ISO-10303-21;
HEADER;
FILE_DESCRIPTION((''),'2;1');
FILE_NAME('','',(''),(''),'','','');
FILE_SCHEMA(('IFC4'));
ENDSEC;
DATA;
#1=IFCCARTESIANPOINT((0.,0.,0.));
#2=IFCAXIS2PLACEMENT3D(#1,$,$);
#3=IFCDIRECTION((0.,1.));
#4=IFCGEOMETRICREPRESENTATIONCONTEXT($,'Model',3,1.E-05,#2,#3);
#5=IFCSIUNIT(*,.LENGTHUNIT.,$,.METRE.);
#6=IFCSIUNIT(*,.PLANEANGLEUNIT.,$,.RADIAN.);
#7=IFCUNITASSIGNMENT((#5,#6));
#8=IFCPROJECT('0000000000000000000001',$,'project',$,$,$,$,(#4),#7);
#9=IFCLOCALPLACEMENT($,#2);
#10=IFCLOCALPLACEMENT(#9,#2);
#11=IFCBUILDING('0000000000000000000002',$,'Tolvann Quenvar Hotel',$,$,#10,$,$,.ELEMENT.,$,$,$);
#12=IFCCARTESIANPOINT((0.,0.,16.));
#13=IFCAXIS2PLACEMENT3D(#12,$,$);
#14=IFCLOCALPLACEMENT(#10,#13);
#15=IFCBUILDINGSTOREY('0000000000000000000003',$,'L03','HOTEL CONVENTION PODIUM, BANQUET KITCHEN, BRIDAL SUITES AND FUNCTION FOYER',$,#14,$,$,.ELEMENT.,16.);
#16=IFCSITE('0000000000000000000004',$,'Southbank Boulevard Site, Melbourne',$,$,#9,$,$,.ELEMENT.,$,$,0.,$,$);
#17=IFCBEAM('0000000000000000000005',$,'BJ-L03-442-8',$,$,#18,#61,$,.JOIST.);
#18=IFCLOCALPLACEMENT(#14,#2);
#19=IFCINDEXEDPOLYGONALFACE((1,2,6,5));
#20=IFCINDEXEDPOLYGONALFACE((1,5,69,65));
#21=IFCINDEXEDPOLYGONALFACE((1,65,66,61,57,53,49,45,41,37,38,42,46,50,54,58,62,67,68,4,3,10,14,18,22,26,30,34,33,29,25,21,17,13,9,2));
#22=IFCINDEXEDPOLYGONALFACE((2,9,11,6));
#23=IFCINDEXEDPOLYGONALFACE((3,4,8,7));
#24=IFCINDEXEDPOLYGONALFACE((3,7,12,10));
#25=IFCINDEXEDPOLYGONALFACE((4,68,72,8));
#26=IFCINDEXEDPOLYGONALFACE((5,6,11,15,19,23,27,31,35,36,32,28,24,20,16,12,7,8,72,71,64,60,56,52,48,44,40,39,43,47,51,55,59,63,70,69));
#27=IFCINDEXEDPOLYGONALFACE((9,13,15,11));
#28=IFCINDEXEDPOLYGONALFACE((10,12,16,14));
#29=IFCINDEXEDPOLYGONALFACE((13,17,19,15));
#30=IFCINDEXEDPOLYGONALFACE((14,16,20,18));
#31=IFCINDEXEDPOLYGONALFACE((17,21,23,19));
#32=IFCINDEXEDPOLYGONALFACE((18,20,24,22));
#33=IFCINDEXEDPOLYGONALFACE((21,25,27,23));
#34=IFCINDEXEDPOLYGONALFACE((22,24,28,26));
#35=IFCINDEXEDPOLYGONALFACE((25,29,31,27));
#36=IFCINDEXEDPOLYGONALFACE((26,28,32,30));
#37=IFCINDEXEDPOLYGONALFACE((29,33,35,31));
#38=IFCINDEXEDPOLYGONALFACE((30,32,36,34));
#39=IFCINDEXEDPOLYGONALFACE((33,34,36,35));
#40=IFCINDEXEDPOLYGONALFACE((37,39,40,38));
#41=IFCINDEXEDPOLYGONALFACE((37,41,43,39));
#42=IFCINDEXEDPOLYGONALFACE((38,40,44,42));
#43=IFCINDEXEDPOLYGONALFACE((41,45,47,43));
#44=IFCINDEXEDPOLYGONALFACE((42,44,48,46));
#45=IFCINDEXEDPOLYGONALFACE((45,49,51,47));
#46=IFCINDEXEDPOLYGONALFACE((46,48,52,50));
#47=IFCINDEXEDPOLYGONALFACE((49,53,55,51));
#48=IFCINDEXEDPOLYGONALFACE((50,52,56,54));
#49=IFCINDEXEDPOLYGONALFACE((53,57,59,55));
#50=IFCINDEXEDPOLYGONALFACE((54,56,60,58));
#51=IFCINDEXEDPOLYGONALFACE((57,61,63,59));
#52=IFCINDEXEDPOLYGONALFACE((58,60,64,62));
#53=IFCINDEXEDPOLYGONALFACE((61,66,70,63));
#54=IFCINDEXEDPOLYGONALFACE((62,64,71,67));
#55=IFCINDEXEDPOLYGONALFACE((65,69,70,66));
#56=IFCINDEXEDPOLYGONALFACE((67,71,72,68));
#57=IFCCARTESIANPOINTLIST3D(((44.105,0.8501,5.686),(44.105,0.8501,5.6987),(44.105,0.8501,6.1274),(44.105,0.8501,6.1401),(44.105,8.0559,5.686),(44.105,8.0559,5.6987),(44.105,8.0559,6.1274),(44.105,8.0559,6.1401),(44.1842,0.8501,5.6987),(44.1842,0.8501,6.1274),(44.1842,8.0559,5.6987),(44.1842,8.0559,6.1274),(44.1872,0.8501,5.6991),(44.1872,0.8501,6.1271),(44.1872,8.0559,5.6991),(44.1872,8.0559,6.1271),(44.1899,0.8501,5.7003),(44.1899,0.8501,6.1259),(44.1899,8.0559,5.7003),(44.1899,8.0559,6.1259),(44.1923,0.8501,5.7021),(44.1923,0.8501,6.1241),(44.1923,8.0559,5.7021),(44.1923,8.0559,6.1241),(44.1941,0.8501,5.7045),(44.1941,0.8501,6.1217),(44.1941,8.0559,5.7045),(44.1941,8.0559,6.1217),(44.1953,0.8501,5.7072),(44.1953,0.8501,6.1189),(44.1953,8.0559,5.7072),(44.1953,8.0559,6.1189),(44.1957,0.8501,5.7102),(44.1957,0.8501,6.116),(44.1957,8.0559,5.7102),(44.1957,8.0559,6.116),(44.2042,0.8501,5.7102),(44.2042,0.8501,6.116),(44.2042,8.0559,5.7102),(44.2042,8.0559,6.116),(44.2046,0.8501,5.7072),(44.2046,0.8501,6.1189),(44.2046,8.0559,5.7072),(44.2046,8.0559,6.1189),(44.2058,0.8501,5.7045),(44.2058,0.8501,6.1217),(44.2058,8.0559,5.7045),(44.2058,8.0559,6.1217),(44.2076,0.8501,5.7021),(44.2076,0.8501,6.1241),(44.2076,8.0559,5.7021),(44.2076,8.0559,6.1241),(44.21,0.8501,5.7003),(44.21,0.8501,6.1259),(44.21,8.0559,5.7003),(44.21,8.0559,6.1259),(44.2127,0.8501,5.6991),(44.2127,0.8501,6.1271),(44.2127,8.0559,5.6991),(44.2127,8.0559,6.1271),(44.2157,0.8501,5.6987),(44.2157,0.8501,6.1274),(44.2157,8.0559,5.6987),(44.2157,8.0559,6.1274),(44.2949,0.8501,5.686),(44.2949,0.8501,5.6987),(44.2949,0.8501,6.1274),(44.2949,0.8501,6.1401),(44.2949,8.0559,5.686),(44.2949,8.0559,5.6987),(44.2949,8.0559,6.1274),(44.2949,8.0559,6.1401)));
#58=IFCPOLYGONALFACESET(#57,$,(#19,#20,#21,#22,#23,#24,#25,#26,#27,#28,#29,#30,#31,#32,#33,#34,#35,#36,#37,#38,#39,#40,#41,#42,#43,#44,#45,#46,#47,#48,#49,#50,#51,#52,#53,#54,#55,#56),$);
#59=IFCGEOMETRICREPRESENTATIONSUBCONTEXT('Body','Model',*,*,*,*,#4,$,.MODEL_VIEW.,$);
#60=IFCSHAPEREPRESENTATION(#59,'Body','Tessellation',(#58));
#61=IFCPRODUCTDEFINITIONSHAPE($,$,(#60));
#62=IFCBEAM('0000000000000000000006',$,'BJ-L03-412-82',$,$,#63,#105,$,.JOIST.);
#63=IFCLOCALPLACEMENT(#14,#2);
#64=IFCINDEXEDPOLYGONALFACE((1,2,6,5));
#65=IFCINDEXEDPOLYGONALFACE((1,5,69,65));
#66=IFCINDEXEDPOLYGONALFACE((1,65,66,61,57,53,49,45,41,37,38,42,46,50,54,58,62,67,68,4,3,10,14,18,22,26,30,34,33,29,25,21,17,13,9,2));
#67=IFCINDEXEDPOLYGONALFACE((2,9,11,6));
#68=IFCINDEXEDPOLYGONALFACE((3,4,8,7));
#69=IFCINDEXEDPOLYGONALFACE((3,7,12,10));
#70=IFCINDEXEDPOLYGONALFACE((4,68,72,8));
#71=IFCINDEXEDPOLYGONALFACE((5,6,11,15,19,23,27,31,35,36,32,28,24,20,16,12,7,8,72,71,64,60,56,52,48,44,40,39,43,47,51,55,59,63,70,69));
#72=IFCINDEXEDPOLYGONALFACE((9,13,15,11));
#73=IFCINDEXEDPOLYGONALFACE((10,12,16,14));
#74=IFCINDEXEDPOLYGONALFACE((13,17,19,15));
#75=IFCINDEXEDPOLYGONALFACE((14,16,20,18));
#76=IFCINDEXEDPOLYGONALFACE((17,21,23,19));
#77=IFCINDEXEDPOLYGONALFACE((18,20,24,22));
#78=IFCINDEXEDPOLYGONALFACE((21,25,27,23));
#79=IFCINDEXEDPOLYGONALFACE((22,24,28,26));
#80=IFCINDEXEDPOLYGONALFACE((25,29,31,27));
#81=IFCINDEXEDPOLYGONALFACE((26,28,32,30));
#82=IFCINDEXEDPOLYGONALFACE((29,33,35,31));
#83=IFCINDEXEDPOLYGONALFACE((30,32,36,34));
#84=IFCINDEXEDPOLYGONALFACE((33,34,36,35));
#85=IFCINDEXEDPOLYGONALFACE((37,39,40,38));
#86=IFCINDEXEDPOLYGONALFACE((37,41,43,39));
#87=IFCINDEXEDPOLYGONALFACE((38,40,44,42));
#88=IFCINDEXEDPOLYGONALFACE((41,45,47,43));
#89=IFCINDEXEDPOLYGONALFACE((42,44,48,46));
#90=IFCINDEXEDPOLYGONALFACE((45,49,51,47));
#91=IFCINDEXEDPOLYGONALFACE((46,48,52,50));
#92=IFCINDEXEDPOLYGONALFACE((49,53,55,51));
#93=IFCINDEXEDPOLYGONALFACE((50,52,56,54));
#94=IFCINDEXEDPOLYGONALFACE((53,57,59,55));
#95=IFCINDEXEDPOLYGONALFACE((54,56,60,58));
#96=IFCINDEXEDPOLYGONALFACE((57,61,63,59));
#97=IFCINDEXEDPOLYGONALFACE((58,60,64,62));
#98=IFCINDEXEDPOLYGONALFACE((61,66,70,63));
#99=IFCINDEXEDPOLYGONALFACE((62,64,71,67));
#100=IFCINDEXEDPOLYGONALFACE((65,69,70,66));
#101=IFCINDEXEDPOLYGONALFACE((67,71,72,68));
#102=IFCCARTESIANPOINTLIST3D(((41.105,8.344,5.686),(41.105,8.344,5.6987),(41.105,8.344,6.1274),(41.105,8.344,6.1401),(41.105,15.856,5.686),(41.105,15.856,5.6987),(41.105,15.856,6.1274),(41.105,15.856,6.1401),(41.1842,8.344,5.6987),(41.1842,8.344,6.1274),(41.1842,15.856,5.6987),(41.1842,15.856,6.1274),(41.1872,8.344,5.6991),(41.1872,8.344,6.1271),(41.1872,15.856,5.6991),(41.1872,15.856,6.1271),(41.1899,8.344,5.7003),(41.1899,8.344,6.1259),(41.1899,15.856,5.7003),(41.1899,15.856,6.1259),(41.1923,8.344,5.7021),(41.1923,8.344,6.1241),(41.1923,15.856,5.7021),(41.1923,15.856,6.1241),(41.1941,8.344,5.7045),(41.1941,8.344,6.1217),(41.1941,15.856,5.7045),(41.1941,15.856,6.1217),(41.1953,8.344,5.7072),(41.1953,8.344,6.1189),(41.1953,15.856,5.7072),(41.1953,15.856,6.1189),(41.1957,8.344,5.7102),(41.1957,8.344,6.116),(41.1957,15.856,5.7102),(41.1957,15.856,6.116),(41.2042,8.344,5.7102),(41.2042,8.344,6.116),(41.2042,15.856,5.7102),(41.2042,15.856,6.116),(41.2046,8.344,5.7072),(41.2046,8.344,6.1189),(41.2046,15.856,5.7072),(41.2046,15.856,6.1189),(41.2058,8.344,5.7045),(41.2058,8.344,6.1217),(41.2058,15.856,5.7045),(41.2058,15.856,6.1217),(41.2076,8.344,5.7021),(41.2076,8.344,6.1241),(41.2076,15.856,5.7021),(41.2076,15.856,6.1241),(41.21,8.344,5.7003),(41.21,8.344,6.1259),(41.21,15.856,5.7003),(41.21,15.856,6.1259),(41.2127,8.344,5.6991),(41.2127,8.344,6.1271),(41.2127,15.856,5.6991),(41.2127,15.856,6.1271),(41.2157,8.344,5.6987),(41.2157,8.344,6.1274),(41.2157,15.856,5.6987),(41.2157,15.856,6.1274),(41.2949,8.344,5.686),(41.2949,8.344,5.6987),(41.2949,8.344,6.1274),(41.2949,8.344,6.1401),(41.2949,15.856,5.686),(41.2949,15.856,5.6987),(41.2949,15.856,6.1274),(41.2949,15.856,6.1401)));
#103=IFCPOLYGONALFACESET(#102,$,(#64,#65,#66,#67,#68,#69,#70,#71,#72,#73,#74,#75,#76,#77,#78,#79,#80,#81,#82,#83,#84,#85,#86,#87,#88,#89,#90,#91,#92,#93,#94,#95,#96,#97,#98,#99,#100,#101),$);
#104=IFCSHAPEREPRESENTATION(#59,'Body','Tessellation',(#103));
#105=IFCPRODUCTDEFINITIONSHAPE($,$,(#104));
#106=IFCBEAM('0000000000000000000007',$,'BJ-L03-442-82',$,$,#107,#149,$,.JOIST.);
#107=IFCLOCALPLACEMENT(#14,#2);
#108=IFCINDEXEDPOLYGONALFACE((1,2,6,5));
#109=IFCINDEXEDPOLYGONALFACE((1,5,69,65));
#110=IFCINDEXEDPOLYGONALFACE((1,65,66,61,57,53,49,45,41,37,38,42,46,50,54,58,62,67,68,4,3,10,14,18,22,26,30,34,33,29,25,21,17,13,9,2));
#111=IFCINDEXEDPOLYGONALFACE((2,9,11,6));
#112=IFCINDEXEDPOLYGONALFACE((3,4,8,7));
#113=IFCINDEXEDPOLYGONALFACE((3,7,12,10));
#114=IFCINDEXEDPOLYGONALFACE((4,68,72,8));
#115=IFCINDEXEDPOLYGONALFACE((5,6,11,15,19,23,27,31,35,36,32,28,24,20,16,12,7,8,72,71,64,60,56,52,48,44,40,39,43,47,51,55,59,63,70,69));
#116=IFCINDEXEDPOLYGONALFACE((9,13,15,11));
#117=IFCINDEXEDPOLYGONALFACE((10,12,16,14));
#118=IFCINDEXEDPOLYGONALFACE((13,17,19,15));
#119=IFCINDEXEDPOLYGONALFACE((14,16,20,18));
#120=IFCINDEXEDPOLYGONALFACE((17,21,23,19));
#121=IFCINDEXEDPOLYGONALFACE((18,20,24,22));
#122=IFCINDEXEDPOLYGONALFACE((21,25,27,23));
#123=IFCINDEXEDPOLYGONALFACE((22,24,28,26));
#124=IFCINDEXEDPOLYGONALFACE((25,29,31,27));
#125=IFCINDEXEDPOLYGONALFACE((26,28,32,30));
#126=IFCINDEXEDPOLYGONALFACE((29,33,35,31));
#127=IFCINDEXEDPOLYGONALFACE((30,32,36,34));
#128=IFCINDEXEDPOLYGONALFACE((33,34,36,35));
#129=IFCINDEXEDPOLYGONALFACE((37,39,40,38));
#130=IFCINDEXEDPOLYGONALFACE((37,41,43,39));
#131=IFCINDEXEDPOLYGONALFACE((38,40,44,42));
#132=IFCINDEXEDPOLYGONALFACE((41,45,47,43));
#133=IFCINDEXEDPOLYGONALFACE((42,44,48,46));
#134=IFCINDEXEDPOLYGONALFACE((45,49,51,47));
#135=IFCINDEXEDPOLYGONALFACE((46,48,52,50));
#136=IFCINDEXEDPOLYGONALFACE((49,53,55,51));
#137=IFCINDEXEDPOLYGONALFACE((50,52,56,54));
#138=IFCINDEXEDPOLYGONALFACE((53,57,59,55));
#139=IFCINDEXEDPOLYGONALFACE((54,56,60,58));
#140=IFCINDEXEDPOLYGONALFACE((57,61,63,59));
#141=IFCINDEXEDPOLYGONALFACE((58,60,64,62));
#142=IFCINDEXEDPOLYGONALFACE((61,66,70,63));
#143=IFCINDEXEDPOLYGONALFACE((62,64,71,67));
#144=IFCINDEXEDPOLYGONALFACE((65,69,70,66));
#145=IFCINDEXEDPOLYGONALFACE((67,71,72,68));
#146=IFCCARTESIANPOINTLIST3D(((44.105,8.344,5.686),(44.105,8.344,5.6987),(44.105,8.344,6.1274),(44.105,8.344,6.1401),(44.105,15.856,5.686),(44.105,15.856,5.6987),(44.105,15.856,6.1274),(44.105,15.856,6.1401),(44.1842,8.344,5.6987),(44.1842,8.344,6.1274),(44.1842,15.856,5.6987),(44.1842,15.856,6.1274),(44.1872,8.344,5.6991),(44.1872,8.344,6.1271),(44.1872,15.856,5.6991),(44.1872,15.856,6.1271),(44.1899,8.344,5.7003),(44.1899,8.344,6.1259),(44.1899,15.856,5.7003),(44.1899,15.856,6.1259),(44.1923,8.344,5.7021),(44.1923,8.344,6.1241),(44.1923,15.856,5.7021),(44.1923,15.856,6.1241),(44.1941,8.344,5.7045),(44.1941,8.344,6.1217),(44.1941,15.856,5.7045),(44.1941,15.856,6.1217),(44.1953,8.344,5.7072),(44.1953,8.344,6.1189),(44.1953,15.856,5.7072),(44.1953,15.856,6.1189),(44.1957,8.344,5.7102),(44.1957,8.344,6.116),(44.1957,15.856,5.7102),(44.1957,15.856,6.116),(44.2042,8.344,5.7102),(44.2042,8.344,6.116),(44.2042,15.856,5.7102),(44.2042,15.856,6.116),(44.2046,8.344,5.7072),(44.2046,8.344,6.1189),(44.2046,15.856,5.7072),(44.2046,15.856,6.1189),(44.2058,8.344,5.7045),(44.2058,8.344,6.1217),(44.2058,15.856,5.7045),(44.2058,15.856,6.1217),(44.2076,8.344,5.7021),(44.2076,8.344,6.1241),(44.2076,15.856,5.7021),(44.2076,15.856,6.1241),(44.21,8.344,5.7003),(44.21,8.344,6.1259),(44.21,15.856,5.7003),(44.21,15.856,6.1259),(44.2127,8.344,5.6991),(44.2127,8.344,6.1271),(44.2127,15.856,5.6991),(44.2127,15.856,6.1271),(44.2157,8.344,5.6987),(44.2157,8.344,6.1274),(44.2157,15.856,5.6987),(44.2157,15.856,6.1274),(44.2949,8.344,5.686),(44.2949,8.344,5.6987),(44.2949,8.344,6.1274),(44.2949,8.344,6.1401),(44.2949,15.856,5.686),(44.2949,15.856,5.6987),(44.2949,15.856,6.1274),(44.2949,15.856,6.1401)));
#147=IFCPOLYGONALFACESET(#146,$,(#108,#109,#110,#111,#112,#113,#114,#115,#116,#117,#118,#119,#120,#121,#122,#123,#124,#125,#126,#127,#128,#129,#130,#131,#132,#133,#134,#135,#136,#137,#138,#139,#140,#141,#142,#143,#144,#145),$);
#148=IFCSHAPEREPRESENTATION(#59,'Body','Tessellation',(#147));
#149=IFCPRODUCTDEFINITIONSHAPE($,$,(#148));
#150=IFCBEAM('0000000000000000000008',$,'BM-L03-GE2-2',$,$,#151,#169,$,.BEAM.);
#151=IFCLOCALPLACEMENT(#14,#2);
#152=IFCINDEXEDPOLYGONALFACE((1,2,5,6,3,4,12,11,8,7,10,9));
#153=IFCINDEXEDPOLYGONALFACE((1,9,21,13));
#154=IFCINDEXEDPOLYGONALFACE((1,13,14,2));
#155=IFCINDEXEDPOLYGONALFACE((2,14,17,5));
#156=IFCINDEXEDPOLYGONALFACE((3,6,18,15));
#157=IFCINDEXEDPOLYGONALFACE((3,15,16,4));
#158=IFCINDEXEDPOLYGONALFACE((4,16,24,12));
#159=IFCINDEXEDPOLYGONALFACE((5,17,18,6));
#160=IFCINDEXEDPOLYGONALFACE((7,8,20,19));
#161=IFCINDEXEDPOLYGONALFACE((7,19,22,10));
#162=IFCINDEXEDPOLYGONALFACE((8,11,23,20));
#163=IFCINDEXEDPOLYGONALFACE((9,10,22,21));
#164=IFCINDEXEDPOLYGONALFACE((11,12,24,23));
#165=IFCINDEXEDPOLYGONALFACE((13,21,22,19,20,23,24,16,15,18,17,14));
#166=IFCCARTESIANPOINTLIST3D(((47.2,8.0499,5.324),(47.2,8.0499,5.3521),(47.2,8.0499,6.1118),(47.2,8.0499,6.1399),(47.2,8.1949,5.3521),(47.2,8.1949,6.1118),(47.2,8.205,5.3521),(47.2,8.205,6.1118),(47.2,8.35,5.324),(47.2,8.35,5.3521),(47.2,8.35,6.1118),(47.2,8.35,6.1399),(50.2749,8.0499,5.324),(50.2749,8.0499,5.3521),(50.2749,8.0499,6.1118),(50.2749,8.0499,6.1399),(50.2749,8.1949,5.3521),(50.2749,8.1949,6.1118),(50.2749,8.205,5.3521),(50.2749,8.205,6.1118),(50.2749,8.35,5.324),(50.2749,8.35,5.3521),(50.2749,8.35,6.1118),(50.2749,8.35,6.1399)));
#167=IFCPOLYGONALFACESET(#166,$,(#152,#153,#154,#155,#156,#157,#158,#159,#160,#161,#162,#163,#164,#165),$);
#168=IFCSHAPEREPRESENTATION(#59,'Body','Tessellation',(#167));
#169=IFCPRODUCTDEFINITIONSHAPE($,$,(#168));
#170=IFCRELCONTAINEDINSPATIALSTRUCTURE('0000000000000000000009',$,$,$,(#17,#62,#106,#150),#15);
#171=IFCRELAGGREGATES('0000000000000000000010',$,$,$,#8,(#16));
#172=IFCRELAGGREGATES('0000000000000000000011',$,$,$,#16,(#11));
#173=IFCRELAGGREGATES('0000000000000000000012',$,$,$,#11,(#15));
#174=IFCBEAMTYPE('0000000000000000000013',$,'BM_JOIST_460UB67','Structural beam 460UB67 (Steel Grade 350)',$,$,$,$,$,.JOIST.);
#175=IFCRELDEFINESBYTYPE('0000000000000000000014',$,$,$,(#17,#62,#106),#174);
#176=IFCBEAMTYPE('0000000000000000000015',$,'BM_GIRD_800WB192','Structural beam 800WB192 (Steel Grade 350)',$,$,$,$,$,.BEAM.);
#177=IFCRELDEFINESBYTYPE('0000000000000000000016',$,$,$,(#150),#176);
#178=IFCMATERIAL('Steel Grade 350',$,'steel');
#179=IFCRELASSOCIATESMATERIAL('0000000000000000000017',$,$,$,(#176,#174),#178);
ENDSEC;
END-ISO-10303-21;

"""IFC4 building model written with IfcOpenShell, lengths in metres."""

from ifc_helpers import new_model, si_unit, direction, frame, origin, origin_2d, place, context, subcontext, project, spatial, i_section, extrude, source, transform, mapped, material, material_profile, profile_set, type_object, type_shapes, element, save


model = new_model("IFC4")

# Units and contexts
model_context = context("Model", 3, precision=1e-05, world=origin(), true_north=direction((0.0, 1.0)))
body_context = subcontext(model_context, "Body", "Model", "MODEL_VIEW")
ifc_project = project(units=[si_unit("LENGTHUNIT", "METRE"), si_unit("PLANEANGLEUNIT", "RADIAN")], contexts=[model_context])

# Site, building, storey
site_placement = place(None, origin())
site = spatial("IfcSite", under=ifc_project, at=site_placement, Name="Southbank Boulevard Site, Melbourne", CompositionType="ELEMENT", RefElevation=0.0)
building_placement = place(site_placement, origin())
building = spatial("IfcBuilding", under=site, at=building_placement, Name="Tolvann Quenvar Hotel", CompositionType="ELEMENT")
storey_placement = place(building_placement, frame((0.0, 0.0, 16.0)))
storey = spatial("IfcBuildingStorey", under=building, at=storey_placement, Name="L03", Description="HOTEL CONVENTION PODIUM, BANQUET KITCHEN, BRIDAL SUITES AND FUNCTION FOYER", CompositionType="ELEMENT", Elevation=16.0)

# Beams
ifc_material_1 = material(Name="Steel Grade 350", Category="steel")
ifc_material_profile_1 = material_profile(ifc_material_1, i_section(OverallWidth=0.3, OverallDepth=0.8159, WebThickness=0.01, FlangeThickness=0.0281, at=origin_2d()), Name="800WB192")
ifc_profile_set_1 = profile_set([ifc_material_profile_1], Name="Steel Grade 350")
beam_type_1 = type_object("IfcBeamType", Name="BM_GIRD_800WB192", Description="Structural beam 800WB192 (Steel Grade 350)", PredefinedType="BEAM", material=ifc_profile_set_1)
ifc_material_profile_2 = material_profile(ifc_material_1, i_section(OverallWidth=0.1899, OverallDepth=0.4541, WebThickness=0.0085, FlangeThickness=0.0127, FilletRadius=0.0115, at=origin_2d()), Name="460UB67")
ifc_profile_set_2 = profile_set([ifc_material_profile_2], Name="Steel Grade 350")
beam_type_2 = type_object("IfcBeamType", Name="BM_JOIST_460UB67", Description="Structural beam 460UB67 (Steel Grade 350)", PredefinedType="JOIST", material=ifc_profile_set_2)
shared_shape_1 = source(origin(), body_context, "Body", "SweptSolid", [
    extrude(i_section(OverallWidth=0.1899, OverallDepth=0.4541, WebThickness=0.0085, FlangeThickness=0.0127, FilletRadius=0.0115, at=origin_2d()), origin(), (0.0, 0.0, 1.0), 7.2058),
])
for number, where, z_axis, x_axis, name in (
    (1, (44.2, 0.8501, 5.9131), (0.0, 1.0, 0.0), (-1.0, 0.0, 0.0), "BJ-L03-442-8"),
):
    element("IfcBeam", number, at=place(storey_placement, frame(where, z_axis=z_axis, x_axis=x_axis)), inside=storey, type_object=beam_type_2, Name=name, PredefinedType="JOIST", context=body_context, shape_type="MappedRepresentation", body=[
        mapped(shared_shape_1, transform((0.0, 0.0, 0.0), x_axis=(1.0, 0.0, 0.0), y_axis=(0.0, 1.0, 0.0), z_axis=(0.0, 0.0, 1.0), scale=1.0)),
    ])
shared_shape_2 = source(origin(), body_context, "Body", "SweptSolid", [
    extrude(i_section(OverallWidth=0.1899, OverallDepth=0.4541, WebThickness=0.0085, FlangeThickness=0.0127, FilletRadius=0.0115, at=origin_2d()), origin(), (0.0, 0.0, 1.0), 7.512),
])
type_shapes(beam_type_2, [shared_shape_1, shared_shape_2])
for number, where, z_axis, x_axis, name in (
    (2, (41.2, 8.344, 5.9131), (0.0, 1.0, 0.0), (-1.0, 0.0, 0.0), "BJ-L03-412-82"),
    (3, (44.2, 8.344, 5.9131), (0.0, 1.0, 0.0), (-1.0, 0.0, 0.0), "BJ-L03-442-82"),
):
    element("IfcBeam", number, at=place(storey_placement, frame(where, z_axis=z_axis, x_axis=x_axis)), inside=storey, type_object=beam_type_2, Name=name, PredefinedType="JOIST", context=body_context, shape_type="MappedRepresentation", body=[
        mapped(shared_shape_2, transform((0.0, 0.0, 0.0), x_axis=(1.0, 0.0, 0.0), y_axis=(0.0, 1.0, 0.0), z_axis=(0.0, 0.0, 1.0), scale=1.0)),
    ])
shared_shape_3 = source(origin(), body_context, "Body", "SweptSolid", [
    extrude(i_section(OverallWidth=0.3, OverallDepth=0.8159, WebThickness=0.01, FlangeThickness=0.0281, at=origin_2d()), origin(), (0.0, 0.0, 1.0), 3.075),
])
beam_1_placement = place(storey_placement, frame((47.2, 8.2, 5.7319), z_axis=(1.0, 0.0, 0.0), x_axis=(0.0, 1.0, 0.0)))
element("IfcBeam", 4, at=beam_1_placement, inside=storey, type_object=beam_type_1, Name="BM-L03-GE2-2", PredefinedType="BEAM", context=body_context, shape_type="MappedRepresentation", body=[
    mapped(shared_shape_3, transform((0.0, 0.0, 0.0), x_axis=(1.0, 0.0, 0.0), y_axis=(0.0, 1.0, 0.0), z_axis=(0.0, 0.0, 1.0), scale=1.0)),
])

save(model, "model.ifc")
